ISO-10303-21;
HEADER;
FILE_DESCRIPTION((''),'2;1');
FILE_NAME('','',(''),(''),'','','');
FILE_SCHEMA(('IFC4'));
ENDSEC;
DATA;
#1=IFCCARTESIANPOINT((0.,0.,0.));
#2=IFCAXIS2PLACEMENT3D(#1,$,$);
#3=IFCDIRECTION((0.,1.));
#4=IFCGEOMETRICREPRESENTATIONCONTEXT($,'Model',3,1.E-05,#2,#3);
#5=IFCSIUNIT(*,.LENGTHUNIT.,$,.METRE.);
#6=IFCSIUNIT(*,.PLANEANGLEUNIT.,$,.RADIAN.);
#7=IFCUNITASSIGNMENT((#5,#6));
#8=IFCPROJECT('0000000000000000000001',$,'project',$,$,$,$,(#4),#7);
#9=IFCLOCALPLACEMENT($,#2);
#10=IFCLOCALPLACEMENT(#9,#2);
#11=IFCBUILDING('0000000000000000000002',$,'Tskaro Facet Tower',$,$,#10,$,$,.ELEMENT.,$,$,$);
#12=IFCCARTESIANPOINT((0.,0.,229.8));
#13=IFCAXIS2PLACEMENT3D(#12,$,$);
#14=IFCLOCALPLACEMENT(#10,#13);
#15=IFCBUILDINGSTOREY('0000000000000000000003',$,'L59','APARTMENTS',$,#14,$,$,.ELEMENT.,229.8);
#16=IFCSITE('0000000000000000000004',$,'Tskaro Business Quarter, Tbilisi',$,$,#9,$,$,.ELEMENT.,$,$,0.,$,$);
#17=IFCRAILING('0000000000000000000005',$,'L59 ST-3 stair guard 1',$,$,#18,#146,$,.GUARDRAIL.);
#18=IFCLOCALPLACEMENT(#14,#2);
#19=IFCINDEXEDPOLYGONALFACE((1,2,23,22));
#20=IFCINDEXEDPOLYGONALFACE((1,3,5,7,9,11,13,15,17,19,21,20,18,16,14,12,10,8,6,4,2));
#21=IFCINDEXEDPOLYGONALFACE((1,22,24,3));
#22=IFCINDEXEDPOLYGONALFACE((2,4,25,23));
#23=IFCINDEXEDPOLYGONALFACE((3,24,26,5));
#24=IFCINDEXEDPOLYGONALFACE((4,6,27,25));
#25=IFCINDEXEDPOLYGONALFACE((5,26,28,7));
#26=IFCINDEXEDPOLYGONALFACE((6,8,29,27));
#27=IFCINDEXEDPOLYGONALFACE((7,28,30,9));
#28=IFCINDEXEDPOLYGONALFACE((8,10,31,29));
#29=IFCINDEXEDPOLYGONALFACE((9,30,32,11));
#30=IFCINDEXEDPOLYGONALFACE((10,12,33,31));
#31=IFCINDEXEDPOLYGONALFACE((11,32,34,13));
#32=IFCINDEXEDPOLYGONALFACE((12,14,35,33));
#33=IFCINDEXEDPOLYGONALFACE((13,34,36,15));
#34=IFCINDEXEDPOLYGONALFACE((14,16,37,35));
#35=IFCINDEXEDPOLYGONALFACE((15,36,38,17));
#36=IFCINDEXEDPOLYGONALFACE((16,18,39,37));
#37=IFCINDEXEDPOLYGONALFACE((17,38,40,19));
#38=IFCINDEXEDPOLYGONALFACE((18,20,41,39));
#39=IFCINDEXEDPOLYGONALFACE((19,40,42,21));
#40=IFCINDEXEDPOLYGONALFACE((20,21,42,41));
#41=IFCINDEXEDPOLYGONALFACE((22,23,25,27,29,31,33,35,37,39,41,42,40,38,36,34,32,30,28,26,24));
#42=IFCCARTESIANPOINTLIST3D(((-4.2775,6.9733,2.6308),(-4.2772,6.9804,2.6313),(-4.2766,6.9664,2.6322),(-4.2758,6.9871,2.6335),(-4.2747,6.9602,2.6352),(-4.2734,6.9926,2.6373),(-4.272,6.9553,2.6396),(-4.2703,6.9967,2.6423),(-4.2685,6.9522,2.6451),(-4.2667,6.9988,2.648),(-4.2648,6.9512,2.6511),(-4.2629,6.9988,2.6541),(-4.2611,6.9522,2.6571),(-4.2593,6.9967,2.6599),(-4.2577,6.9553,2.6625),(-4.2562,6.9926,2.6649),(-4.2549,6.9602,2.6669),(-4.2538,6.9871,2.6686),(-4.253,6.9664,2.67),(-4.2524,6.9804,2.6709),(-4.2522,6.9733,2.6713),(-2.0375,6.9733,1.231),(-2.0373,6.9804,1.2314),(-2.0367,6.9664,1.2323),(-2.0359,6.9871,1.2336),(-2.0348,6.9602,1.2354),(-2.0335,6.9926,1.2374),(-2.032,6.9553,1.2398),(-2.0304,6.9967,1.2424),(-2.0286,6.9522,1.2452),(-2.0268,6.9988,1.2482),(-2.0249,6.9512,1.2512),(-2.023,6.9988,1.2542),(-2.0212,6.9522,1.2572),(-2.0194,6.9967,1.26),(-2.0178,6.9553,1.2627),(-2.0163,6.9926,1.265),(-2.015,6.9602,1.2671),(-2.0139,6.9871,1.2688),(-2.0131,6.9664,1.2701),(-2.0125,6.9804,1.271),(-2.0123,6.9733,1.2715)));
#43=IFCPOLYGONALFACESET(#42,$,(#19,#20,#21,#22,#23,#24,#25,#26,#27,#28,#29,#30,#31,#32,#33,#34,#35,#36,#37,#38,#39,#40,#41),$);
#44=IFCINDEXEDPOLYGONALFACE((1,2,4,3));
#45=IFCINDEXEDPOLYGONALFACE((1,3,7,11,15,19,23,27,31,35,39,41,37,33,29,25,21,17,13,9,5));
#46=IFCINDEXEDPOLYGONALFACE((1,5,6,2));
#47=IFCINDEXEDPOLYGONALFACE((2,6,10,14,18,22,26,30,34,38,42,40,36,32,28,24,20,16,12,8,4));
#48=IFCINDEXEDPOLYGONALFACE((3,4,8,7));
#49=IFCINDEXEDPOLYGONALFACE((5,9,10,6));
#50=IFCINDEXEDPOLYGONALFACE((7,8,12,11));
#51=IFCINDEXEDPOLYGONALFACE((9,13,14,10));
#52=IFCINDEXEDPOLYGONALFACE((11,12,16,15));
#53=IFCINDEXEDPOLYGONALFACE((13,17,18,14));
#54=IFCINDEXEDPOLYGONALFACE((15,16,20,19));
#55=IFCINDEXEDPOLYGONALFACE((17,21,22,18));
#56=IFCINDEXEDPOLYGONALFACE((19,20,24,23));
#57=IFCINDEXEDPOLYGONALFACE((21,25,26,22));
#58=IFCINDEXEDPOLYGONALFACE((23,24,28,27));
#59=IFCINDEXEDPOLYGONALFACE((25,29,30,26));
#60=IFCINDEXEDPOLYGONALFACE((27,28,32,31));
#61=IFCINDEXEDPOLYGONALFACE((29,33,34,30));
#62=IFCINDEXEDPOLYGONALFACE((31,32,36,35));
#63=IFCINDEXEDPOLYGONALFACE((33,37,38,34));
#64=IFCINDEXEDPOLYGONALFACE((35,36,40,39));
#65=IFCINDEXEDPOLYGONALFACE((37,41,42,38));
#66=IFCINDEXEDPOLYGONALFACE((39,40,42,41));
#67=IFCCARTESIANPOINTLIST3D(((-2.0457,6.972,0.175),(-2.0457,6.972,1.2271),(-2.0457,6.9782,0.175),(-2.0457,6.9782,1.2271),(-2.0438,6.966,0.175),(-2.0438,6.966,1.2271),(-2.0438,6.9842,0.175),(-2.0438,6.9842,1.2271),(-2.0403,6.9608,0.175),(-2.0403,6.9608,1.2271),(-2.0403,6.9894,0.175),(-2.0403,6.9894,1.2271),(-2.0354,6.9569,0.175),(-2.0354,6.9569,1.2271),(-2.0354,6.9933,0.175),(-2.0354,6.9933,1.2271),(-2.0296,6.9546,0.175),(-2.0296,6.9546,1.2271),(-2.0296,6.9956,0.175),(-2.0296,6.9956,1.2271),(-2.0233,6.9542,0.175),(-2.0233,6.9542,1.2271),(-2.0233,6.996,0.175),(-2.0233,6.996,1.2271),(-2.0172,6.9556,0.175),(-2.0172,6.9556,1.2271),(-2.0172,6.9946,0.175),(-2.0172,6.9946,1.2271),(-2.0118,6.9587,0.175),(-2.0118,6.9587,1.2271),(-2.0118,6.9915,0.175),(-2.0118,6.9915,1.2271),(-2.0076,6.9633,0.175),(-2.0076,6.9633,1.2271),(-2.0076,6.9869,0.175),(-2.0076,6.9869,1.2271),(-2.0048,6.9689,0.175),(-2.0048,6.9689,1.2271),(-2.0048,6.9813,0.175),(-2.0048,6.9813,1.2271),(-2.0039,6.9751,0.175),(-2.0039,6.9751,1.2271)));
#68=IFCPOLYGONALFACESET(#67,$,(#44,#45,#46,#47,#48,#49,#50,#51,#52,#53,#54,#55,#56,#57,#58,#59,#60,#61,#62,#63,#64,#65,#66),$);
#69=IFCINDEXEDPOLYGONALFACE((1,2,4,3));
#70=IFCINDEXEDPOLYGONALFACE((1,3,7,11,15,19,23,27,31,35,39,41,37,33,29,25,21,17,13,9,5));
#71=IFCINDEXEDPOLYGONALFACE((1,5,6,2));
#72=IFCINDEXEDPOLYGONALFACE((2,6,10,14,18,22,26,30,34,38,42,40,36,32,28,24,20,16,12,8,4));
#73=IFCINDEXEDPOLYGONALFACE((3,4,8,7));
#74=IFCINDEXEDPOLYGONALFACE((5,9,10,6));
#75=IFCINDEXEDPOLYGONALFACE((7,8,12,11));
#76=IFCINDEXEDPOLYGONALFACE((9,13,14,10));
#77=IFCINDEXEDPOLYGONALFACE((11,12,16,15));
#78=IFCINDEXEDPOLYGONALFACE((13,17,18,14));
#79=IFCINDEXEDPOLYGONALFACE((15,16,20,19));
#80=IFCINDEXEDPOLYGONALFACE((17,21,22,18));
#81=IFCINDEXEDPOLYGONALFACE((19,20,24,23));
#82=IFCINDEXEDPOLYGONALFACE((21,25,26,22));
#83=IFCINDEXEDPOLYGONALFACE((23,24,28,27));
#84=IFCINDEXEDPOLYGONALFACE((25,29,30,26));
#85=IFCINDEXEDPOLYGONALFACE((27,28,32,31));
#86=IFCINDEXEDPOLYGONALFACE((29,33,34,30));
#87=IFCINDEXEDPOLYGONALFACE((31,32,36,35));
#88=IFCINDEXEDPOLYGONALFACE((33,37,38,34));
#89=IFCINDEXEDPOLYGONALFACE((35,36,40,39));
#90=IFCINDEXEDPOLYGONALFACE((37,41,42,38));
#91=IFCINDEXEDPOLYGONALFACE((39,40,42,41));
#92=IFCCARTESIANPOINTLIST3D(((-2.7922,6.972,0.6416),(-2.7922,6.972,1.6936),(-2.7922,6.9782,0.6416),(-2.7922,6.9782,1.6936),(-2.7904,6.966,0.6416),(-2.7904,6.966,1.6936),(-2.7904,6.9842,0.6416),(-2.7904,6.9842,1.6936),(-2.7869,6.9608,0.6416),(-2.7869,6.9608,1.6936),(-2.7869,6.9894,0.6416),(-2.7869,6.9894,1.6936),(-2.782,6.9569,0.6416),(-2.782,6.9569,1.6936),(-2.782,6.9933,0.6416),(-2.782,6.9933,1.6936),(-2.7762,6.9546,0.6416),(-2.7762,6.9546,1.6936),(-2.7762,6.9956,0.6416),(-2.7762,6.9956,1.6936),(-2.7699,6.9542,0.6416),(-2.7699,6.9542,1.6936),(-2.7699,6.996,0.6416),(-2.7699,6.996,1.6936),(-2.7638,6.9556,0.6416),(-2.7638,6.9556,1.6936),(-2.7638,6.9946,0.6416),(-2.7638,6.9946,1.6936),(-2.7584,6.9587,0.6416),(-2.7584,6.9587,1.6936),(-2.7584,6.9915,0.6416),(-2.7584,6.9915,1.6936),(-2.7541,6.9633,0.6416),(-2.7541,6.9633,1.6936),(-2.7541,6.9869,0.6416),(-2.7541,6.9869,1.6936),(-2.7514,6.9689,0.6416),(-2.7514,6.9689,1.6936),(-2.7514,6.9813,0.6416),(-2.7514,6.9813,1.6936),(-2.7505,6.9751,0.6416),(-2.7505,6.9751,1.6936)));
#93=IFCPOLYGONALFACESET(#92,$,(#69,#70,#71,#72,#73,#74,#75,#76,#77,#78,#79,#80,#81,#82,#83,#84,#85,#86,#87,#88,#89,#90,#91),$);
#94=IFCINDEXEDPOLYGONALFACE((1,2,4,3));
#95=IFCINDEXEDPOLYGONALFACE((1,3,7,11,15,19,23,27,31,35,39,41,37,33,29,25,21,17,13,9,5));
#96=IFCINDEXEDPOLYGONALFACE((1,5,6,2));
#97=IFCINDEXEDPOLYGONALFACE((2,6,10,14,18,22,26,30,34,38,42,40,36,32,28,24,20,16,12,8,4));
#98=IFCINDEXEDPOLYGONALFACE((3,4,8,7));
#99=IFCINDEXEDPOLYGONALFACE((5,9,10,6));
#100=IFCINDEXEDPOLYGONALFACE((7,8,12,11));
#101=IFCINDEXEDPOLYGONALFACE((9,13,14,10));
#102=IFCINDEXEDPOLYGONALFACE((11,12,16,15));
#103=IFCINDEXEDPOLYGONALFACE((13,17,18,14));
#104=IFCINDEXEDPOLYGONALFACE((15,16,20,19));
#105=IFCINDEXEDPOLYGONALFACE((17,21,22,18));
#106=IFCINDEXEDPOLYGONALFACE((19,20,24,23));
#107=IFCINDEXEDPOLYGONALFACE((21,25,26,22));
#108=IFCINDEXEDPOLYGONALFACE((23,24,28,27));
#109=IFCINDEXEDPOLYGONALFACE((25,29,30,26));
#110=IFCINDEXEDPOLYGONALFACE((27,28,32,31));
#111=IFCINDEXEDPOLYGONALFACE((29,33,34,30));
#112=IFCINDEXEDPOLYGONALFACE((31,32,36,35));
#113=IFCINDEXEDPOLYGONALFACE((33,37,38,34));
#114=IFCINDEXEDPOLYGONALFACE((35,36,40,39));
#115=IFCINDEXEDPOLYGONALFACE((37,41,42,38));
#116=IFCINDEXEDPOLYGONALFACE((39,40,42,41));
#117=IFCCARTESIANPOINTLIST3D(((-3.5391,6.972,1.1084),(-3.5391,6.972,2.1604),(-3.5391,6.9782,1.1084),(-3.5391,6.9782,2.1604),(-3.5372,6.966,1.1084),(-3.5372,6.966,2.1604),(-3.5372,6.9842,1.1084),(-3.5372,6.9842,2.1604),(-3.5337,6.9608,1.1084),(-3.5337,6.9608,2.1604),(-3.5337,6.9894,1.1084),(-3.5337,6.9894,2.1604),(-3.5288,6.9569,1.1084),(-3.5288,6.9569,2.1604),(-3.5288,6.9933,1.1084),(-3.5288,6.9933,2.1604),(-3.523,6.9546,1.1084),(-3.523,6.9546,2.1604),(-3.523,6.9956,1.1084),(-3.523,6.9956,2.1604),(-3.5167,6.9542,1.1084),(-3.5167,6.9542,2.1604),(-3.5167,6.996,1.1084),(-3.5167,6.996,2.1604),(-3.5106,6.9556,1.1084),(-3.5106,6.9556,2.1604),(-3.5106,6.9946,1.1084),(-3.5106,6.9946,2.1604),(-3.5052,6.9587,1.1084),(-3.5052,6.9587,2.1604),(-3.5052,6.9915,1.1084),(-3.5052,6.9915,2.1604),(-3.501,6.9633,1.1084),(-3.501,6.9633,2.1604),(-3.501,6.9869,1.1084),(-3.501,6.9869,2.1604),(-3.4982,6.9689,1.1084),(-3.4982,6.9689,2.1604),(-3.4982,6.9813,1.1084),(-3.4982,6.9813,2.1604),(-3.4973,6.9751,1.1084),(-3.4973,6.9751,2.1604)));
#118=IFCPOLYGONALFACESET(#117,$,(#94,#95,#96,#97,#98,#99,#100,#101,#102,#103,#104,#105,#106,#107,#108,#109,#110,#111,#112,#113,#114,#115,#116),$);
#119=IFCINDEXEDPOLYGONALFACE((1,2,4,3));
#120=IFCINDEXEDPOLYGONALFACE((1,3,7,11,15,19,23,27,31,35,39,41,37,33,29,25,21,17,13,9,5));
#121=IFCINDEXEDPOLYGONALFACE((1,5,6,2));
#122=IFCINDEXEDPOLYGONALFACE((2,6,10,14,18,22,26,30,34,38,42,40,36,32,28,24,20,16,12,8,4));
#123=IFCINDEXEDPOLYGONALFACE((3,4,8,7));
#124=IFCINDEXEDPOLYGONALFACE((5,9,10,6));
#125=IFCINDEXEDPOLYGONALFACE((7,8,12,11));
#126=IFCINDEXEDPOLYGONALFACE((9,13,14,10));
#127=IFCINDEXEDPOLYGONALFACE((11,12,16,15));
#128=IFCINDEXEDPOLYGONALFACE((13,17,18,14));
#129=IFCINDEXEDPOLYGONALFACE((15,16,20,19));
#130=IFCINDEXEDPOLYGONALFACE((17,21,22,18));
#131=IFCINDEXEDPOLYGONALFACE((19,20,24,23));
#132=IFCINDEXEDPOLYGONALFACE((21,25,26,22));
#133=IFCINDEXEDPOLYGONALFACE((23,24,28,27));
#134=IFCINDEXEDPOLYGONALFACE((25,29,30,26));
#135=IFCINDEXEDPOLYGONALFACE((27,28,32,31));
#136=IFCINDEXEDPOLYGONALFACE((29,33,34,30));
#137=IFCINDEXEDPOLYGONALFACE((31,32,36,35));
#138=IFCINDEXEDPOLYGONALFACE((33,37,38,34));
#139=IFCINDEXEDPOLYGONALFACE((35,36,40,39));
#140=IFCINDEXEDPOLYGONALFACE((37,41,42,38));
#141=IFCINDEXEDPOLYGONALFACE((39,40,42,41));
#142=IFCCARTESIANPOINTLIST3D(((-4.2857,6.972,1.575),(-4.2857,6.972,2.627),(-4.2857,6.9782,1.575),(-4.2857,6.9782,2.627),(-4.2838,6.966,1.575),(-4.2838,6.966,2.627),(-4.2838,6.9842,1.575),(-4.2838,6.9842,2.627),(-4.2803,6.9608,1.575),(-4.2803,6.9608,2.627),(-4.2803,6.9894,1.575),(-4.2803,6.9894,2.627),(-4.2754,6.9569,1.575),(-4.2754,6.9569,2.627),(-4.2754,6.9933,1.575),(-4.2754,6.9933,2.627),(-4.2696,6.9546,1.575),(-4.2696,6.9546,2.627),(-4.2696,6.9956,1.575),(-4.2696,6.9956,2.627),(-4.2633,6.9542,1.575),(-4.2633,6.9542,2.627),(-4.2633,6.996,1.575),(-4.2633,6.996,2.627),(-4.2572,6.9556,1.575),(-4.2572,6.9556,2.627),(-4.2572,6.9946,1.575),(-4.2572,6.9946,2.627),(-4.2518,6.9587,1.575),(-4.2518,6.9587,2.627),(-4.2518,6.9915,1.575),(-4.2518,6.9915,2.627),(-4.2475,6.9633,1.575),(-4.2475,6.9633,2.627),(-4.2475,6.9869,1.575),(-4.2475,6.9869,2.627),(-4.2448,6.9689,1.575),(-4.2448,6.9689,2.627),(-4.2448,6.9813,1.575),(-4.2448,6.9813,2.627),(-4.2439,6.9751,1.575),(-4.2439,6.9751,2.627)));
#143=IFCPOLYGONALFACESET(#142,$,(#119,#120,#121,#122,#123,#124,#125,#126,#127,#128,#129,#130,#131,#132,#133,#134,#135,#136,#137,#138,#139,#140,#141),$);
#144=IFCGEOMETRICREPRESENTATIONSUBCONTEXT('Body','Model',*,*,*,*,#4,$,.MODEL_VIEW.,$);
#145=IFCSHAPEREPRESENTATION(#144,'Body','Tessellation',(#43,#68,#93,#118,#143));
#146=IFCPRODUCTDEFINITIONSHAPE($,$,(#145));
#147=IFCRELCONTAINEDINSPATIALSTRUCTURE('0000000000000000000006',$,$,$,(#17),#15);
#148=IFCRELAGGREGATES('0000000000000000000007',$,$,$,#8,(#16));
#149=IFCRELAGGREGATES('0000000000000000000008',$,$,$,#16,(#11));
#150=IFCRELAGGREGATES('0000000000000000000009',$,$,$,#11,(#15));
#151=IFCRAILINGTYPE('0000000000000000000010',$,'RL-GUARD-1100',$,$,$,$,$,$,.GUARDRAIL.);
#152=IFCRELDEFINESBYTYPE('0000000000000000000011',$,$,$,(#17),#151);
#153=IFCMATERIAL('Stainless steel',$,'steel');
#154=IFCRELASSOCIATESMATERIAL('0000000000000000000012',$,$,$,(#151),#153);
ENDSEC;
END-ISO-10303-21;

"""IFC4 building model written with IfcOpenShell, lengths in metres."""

from ifc_helpers import new_model, si_unit, direction, frame, origin, origin_2d, place, context, subcontext, project, spatial, circle, extrude, material, type_object, element, save


model = new_model("IFC4")

# Units and contexts
model_context = context("Model", 3, precision=1e-05, world=origin(), true_north=direction((0.0, 1.0)))
body_context = subcontext(model_context, "Body", "Model", "MODEL_VIEW")
ifc_project = project(units=[si_unit("LENGTHUNIT", "METRE"), si_unit("PLANEANGLEUNIT", "RADIAN")], contexts=[model_context])

# Site, building, storey
site_placement = place(None, origin())
site = spatial("IfcSite", under=ifc_project, at=site_placement, Name="Tskaro Business Quarter, Tbilisi", CompositionType="ELEMENT", RefElevation=0.0)
building_placement = place(site_placement, origin())
building = spatial("IfcBuilding", under=site, at=building_placement, Name="Tskaro Facet Tower", CompositionType="ELEMENT")
storey_placement = place(building_placement, frame((0.0, 0.0, 229.8)))
storey = spatial("IfcBuildingStorey", under=building, at=storey_placement, Name="L59", Description="APARTMENTS", CompositionType="ELEMENT", Elevation=229.8)

# Railing
ifc_material_1 = material(Name="Stainless steel", Category="steel")
railing_type_1 = type_object("IfcRailingType", Name="RL-GUARD-1100", PredefinedType="GUARDRAIL", material=ifc_material_1)
railing_1_placement = place(storey_placement, frame((-2.0249, 6.9751, 0.175)))
element("IfcRailing", 1, at=railing_1_placement, inside=storey, type_object=railing_type_1, Name="L59 ST-3 stair guard 1", PredefinedType="GUARDRAIL", context=body_context, shape_type="SweptSolid", body=[
    extrude(circle(Radius=0.0239, at=origin_2d()), frame((0.0, 0.0, 1.0762), z_axis=(-0.848014, 0.0, 0.529974), x_axis=(0.0, -1.0, 0.0)), (0.0, 0.0, 1.0), 2.6414),
    extrude(circle(Radius=0.021, at=origin_2d()), origin(), (0.0, 0.0, 1.0), 1.052),
    extrude(circle(Radius=0.021, at=origin_2d()), frame((-0.7466, 0.0, 0.4666)), (0.0, 0.0, 1.0), 1.052),
    extrude(circle(Radius=0.021, at=origin_2d()), frame((-1.4934, 0.0, 0.9333)), (0.0, 0.0, 1.0), 1.052),
    extrude(circle(Radius=0.021, at=origin_2d()), frame((-2.24, 0.0, 1.3999)), (0.0, 0.0, 1.0), 1.052),
])

save(model, "model.ifc")
